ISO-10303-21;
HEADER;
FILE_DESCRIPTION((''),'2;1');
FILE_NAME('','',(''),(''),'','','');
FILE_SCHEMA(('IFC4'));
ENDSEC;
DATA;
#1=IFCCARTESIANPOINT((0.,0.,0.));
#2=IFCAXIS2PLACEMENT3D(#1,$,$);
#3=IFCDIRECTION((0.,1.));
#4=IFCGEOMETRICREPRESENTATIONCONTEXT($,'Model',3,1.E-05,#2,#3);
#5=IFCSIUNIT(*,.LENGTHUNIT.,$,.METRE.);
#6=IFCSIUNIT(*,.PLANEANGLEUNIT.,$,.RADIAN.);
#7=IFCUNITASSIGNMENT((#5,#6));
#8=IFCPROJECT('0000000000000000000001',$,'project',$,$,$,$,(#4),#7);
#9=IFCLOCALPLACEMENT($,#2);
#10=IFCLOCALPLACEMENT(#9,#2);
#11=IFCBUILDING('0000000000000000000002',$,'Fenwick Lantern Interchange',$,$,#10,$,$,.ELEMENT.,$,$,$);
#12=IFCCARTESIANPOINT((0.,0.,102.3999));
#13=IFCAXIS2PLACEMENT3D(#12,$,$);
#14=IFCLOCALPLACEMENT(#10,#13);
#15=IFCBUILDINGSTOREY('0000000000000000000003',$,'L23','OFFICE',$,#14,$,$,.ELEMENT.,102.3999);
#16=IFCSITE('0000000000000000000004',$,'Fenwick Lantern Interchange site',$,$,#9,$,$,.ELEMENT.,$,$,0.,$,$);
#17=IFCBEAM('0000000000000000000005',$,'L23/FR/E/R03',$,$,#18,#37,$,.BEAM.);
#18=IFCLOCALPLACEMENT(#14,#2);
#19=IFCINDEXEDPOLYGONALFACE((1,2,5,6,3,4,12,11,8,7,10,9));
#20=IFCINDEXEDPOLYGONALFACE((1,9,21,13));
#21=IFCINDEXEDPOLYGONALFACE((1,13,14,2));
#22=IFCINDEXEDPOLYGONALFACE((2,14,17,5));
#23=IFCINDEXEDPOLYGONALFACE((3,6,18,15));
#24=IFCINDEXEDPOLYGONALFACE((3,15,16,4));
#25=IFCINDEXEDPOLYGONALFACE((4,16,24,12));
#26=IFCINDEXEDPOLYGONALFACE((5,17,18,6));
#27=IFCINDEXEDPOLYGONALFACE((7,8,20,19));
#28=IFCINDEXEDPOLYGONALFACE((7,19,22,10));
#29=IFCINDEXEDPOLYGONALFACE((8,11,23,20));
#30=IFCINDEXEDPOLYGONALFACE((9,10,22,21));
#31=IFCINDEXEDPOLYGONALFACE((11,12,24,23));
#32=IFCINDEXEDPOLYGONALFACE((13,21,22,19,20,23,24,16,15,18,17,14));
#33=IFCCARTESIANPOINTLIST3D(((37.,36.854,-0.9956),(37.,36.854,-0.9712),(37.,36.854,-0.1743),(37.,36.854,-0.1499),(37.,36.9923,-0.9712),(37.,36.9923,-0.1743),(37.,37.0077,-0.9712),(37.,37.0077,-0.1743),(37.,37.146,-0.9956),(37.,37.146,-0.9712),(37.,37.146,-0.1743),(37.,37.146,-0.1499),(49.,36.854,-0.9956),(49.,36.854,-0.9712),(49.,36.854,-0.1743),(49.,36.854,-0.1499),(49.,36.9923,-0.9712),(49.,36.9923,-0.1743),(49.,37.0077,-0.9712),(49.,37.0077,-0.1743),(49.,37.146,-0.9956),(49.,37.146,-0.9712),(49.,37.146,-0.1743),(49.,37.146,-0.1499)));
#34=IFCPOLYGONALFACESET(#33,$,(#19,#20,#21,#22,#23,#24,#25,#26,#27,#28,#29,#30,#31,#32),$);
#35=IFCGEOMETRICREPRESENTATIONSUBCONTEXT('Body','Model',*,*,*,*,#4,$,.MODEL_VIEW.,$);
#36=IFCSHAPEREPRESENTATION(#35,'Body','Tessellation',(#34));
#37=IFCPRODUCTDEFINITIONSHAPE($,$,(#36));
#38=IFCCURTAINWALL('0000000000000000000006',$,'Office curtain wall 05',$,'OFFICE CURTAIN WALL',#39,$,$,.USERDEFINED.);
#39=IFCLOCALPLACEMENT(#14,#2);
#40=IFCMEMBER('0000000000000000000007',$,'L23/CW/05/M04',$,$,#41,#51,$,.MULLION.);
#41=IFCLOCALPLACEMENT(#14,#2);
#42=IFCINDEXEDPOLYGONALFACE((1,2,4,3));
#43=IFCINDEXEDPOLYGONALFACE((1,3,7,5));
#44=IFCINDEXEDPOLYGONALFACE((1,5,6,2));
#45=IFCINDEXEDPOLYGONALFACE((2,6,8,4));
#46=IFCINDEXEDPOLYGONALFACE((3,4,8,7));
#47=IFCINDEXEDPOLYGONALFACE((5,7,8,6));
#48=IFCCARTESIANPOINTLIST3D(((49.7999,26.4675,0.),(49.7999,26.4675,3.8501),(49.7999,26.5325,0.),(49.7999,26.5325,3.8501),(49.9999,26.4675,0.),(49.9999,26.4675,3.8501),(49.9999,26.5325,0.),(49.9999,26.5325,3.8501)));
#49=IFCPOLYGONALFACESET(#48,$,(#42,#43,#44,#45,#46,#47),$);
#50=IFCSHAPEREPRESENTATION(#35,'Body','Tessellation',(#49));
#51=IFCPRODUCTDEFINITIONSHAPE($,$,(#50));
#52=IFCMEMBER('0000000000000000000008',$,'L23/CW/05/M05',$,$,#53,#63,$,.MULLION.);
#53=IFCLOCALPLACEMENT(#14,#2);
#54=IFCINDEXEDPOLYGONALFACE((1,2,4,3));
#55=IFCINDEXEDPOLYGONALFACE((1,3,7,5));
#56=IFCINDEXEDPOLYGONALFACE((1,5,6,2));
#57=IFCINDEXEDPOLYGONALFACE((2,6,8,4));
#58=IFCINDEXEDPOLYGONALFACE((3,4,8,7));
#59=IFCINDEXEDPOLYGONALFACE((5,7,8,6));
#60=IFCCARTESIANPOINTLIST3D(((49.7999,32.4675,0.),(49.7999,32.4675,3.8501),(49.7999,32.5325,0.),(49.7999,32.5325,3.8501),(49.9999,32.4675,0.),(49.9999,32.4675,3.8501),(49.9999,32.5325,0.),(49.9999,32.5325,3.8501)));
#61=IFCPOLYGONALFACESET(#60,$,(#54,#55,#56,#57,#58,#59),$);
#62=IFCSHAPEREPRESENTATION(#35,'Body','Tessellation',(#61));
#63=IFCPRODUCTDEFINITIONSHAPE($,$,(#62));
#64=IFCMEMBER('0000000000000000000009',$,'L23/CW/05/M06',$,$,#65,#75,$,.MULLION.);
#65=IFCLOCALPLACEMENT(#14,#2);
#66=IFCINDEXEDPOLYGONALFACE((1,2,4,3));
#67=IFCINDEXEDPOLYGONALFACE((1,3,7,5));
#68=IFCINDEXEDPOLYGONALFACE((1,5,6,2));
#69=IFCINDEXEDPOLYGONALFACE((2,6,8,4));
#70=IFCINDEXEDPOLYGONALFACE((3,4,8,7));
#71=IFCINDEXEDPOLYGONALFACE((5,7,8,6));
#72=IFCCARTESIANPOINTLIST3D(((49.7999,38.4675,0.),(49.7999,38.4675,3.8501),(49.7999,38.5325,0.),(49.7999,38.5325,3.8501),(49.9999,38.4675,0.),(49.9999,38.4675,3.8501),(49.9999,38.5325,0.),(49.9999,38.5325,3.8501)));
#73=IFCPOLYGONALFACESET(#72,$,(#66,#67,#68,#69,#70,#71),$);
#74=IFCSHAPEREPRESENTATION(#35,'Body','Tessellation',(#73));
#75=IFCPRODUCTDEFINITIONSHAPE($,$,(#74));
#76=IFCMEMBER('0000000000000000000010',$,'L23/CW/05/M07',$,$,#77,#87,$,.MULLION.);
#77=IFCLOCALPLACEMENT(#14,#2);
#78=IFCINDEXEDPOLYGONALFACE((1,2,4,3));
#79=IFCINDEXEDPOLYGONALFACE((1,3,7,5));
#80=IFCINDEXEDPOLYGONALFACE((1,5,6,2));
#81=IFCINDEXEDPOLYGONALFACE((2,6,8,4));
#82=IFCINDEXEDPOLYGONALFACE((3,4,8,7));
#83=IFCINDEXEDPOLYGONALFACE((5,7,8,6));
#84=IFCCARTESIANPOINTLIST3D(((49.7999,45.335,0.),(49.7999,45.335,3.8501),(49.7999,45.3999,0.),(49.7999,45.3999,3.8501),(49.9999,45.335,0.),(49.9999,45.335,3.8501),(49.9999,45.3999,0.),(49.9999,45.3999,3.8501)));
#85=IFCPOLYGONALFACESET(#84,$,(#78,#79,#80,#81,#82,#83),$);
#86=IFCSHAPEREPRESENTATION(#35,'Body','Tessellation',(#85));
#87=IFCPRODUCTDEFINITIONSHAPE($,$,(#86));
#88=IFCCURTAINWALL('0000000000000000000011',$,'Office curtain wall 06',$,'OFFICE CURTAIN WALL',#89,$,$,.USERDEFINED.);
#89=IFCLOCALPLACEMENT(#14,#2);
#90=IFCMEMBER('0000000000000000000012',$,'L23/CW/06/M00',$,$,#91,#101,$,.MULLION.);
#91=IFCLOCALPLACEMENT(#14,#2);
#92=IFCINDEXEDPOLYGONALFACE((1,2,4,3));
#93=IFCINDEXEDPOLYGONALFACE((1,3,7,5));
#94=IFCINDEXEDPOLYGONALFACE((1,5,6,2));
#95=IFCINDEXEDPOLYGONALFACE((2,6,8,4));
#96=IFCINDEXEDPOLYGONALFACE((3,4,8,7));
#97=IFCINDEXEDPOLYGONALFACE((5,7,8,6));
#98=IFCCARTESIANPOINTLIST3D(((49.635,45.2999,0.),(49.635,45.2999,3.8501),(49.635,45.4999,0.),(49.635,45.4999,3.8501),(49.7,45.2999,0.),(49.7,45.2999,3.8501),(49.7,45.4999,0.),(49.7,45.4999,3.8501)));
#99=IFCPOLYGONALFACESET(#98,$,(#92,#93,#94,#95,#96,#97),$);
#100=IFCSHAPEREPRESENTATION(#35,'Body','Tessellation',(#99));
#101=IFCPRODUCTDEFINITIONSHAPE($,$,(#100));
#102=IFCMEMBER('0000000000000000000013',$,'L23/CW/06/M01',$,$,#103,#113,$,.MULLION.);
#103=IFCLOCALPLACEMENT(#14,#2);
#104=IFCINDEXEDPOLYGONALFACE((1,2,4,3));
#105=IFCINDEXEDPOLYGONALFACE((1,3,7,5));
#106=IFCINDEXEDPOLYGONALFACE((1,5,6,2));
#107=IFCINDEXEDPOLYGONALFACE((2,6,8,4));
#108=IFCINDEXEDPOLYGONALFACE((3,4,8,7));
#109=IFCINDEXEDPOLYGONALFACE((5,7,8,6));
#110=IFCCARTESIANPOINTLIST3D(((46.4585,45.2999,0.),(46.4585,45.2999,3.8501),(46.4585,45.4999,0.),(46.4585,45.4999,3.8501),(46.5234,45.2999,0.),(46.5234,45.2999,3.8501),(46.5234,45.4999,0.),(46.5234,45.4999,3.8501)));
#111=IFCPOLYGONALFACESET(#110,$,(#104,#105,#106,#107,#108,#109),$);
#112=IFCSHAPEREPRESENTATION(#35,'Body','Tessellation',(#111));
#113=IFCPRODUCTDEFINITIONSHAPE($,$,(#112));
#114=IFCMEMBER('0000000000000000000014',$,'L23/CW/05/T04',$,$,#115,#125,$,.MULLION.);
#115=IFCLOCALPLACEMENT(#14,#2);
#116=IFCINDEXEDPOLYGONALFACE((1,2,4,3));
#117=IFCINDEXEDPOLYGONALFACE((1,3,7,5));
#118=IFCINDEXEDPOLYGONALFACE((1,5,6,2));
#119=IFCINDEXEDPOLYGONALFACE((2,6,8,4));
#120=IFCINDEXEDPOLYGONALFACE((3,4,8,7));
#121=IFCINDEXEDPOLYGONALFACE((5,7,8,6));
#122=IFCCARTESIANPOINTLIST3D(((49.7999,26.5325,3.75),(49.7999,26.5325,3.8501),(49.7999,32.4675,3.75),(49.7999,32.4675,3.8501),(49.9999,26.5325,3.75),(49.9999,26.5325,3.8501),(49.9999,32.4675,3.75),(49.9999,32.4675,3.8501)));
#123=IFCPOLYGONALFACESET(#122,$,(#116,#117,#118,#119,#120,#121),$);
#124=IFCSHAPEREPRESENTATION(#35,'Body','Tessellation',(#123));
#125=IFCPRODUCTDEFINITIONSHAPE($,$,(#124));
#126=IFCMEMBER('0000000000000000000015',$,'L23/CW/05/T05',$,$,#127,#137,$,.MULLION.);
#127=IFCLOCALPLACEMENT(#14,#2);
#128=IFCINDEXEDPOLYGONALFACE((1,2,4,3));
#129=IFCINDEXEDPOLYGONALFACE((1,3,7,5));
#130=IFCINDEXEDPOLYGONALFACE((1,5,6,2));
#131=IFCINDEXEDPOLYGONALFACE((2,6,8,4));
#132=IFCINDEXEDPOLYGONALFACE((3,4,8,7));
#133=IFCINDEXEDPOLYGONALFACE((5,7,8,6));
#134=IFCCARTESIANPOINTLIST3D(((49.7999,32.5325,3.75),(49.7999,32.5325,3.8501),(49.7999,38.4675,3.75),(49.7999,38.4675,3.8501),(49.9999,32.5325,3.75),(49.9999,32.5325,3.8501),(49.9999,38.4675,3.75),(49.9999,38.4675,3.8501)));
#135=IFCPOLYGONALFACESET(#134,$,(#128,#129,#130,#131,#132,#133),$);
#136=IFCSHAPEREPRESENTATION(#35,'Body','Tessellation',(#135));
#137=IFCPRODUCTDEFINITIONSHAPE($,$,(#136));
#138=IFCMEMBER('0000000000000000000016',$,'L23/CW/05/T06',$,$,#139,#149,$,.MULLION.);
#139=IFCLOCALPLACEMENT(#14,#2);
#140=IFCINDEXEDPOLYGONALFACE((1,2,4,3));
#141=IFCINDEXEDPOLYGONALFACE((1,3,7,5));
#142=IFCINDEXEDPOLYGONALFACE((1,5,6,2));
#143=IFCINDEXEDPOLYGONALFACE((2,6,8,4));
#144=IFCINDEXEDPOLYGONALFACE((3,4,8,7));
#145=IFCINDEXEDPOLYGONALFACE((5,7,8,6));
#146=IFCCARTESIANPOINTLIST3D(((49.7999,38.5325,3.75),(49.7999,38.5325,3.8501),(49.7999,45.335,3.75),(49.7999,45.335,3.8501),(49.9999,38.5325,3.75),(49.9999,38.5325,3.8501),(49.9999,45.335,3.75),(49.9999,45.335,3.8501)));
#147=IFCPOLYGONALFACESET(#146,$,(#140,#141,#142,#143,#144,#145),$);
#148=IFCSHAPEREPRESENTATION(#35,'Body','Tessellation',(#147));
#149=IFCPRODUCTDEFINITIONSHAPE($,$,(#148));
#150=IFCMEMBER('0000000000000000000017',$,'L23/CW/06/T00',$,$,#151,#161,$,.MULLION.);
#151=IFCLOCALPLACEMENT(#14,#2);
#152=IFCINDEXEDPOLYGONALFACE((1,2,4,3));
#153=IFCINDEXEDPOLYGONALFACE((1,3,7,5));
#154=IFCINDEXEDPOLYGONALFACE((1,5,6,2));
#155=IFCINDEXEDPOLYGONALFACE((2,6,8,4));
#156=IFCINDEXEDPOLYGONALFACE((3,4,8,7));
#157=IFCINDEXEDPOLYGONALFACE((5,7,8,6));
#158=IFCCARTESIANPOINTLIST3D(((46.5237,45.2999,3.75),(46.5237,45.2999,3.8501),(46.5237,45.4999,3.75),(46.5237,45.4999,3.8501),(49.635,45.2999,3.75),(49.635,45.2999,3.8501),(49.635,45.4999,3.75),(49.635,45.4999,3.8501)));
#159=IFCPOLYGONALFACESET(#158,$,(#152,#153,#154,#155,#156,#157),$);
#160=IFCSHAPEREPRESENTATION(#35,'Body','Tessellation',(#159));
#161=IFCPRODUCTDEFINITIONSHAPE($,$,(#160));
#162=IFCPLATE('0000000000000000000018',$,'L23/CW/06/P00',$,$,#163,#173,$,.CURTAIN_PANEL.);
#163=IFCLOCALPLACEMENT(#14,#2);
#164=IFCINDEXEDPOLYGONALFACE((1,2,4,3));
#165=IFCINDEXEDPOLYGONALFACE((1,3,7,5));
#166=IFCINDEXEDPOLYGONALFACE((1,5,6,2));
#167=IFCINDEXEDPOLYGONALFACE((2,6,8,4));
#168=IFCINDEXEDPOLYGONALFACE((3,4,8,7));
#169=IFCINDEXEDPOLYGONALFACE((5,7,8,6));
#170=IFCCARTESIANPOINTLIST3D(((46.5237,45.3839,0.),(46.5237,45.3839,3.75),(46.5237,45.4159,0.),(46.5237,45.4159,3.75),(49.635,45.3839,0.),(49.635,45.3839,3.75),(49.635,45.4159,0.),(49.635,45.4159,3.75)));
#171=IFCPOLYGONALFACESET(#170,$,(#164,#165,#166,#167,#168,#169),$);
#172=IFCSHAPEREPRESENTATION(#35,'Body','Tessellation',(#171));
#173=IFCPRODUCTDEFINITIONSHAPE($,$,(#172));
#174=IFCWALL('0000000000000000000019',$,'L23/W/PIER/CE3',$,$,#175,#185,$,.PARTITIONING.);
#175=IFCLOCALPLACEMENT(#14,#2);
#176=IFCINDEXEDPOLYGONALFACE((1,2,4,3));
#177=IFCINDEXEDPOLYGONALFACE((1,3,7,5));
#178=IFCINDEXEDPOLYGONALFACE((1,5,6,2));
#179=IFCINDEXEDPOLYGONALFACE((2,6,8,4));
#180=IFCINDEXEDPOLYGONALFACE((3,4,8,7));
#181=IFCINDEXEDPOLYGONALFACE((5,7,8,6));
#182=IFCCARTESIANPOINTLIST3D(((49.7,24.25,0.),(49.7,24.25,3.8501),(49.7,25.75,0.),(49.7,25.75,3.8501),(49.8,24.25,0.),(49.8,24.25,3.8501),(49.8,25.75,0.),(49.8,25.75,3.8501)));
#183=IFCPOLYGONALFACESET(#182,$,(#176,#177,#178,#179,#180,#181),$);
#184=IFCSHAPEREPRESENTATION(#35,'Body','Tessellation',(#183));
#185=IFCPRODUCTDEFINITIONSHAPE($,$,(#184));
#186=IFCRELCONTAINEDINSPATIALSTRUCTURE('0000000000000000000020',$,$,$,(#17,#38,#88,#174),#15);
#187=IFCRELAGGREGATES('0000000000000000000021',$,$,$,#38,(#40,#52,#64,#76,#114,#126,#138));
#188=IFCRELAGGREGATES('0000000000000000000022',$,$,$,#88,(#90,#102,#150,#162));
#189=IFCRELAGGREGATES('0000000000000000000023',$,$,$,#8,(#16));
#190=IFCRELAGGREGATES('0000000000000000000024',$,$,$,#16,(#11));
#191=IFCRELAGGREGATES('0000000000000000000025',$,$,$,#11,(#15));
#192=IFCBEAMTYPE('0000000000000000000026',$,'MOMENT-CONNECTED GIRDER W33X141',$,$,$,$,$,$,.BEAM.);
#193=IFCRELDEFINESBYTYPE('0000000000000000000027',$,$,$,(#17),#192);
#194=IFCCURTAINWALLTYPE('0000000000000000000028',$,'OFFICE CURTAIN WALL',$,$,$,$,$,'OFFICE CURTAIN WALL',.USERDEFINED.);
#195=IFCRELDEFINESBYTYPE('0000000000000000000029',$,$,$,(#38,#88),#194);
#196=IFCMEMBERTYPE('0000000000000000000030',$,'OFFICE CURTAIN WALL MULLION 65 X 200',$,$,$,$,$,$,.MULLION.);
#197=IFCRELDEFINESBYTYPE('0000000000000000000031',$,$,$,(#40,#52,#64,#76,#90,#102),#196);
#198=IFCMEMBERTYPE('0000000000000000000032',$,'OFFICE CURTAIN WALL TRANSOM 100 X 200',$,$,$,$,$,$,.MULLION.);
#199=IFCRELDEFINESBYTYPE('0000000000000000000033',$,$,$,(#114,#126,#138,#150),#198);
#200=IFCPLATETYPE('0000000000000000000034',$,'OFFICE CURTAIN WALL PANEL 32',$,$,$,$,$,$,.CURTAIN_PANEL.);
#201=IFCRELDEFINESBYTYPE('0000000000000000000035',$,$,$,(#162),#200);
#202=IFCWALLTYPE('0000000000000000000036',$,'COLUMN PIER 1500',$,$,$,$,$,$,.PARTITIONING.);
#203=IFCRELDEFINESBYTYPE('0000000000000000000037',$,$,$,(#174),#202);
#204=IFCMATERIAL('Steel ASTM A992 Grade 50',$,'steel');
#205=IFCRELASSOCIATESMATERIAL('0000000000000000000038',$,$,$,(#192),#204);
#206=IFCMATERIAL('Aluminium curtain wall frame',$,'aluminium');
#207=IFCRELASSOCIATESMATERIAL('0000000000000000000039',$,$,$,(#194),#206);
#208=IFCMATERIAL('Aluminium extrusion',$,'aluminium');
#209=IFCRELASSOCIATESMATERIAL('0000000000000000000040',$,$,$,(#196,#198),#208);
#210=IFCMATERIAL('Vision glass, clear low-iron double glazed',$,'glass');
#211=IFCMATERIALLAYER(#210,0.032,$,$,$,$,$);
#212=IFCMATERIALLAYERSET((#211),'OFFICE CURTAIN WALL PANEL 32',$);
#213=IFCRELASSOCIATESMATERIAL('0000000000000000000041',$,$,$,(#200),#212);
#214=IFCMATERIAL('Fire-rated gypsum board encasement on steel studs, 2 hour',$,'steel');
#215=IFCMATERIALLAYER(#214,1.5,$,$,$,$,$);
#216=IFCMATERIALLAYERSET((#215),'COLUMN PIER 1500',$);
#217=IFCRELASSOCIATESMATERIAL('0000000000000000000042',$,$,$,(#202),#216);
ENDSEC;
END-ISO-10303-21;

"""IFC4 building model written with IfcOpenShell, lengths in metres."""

from ifc_helpers import new_model, si_unit, direction, frame, frame_2d, origin, origin_2d, place, context, subcontext, project, spatial, rectangle, i_section, extrude, material, layer, layer_set, material_profile, profile_set, type_object, element, aggregate, save


model = new_model("IFC4")

# Units and contexts
model_context = context("Model", 3, precision=1e-05, world=origin(), true_north=direction((0.0, 1.0)))
body_context = subcontext(model_context, "Body", "Model", "MODEL_VIEW")
ifc_project = project(units=[si_unit("LENGTHUNIT", "METRE"), si_unit("PLANEANGLEUNIT", "RADIAN")], contexts=[model_context])

# Site, building, storey
site_placement = place(None, origin())
site = spatial("IfcSite", under=ifc_project, at=site_placement, Name="Fenwick Lantern Interchange site", CompositionType="ELEMENT", RefElevation=0.0)
building_placement = place(site_placement, origin())
building = spatial("IfcBuilding", under=site, at=building_placement, Name="Fenwick Lantern Interchange", CompositionType="ELEMENT")
storey_placement = place(building_placement, frame((0.0, 0.0, 102.3999)))
storey = spatial("IfcBuildingStorey", under=building, at=storey_placement, Name="L23", Description="OFFICE", CompositionType="ELEMENT", Elevation=102.3999)

# Shared definitions
ifc_material_1 = material(Name="Steel ASTM A992 Grade 50", Category="steel")

# Beam
ifc_material_profile_1 = material_profile(ifc_material_1, i_section(OverallWidth=0.292, OverallDepth=0.8457, WebThickness=0.0154, FlangeThickness=0.0244, at=origin_2d()), Name="W33X141")
ifc_profile_set_1 = profile_set([ifc_material_profile_1], Name="Steel ASTM A992 Grade 50")
beam_type_1 = type_object("IfcBeamType", Name="MOMENT-CONNECTED GIRDER W33X141", PredefinedType="BEAM", material=ifc_profile_set_1)
beam_1_placement = place(storey_placement, frame((49.0, 37.0, -0.5728), z_axis=(-1.0, 0.0, 0.0), x_axis=(0.0, -1.0, 0.0)))
element("IfcBeam", 1, at=beam_1_placement, inside=storey, type_object=beam_type_1, Name="L23/FR/E/R03", PredefinedType="BEAM", context=body_context, shape_type="SweptSolid", body=[
    extrude(i_section(OverallWidth=0.292, OverallDepth=0.8457, WebThickness=0.0154, FlangeThickness=0.0244, at=origin_2d()), origin(), (0.0, 0.0, 1.0), 12.0),
])

# Curtain walls, members
ifc_material_2 = material(Name="Aluminium curtain wall frame", Category="aluminium")
curtain_wall_type = type_object("IfcCurtainWallType", Name="OFFICE CURTAIN WALL", ElementType="OFFICE CURTAIN WALL", PredefinedType="USERDEFINED", material=ifc_material_2)
curtain_wall_1_placement = place(storey_placement, origin())
curtain_wall_1 = element("IfcCurtainWall", 2, at=curtain_wall_1_placement, inside=storey, type_object=curtain_wall_type, Name="Office curtain wall 05", ObjectType="OFFICE CURTAIN WALL", PredefinedType="USERDEFINED")
ifc_material_3 = material(Name="Aluminium extrusion", Category="aluminium")
ifc_material_profile_2 = material_profile(ifc_material_3, rectangle(XDim=0.2, YDim=0.0649, at=origin_2d()), Name="OFFICE CURTAIN WALL MULLION 65 X 200")
ifc_profile_set_2 = profile_set([ifc_material_profile_2], Name="Aluminium extrusion")
member_type_1 = type_object("IfcMemberType", Name="OFFICE CURTAIN WALL MULLION 65 X 200", PredefinedType="MULLION", material=ifc_profile_set_2)
member_1_placement = place(storey_placement, frame((49.8999, 26.5, 0.0), z_axis=(0.0, 0.0, 1.0), x_axis=(-1.0, 0.0, 0.0)))
member_1 = element("IfcMember", 3, at=member_1_placement, type_object=member_type_1, Name="L23/CW/05/M04", PredefinedType="MULLION", context=body_context, shape_type="SweptSolid", body=[
    extrude(rectangle(XDim=0.2, YDim=0.0649, at=origin_2d()), origin(), (0.0, 0.0, 1.0), 3.8501),
])
member_2_placement = place(storey_placement, frame((49.8999, 32.5, 0.0), z_axis=(0.0, 0.0, 1.0), x_axis=(-1.0, 0.0, 0.0)))
member_2 = element("IfcMember", 4, at=member_2_placement, type_object=member_type_1, Name="L23/CW/05/M05", PredefinedType="MULLION", context=body_context, shape_type="SweptSolid", body=[
    extrude(rectangle(XDim=0.2, YDim=0.0649, at=origin_2d()), origin(), (0.0, 0.0, 1.0), 3.8501),
])
member_3_placement = place(storey_placement, frame((49.8999, 38.5, 0.0), z_axis=(0.0, 0.0, 1.0), x_axis=(-1.0, 0.0, 0.0)))
member_3 = element("IfcMember", 5, at=member_3_placement, type_object=member_type_1, Name="L23/CW/05/M06", PredefinedType="MULLION", context=body_context, shape_type="SweptSolid", body=[
    extrude(rectangle(XDim=0.2, YDim=0.0649, at=origin_2d()), origin(), (0.0, 0.0, 1.0), 3.8501),
])
member_4_placement = place(storey_placement, frame((49.8999, 45.3674, 0.0), z_axis=(0.0, 0.0, 1.0), x_axis=(-1.0, 0.0, 0.0)))
member_4 = element("IfcMember", 6, at=member_4_placement, type_object=member_type_1, Name="L23/CW/05/M07", PredefinedType="MULLION", context=body_context, shape_type="SweptSolid", body=[
    extrude(rectangle(XDim=0.2, YDim=0.0649, at=origin_2d()), origin(), (0.0, 0.0, 1.0), 3.8501),
])
curtain_wall_2_placement = place(storey_placement, origin())
curtain_wall_2 = element("IfcCurtainWall", 7, at=curtain_wall_2_placement, inside=storey, type_object=curtain_wall_type, Name="Office curtain wall 06", ObjectType="OFFICE CURTAIN WALL", PredefinedType="USERDEFINED")
member_5_placement = place(storey_placement, frame((49.6675, 45.3999, 0.0), z_axis=(0.0, 0.0, 1.0), x_axis=(0.0, -1.0, 0.0)))
member_5 = element("IfcMember", 8, at=member_5_placement, type_object=member_type_1, Name="L23/CW/06/M00", PredefinedType="MULLION", context=body_context, shape_type="SweptSolid", body=[
    extrude(rectangle(XDim=0.2, YDim=0.0649, at=origin_2d()), origin(), (0.0, 0.0, 1.0), 3.8501),
])
member_6_placement = place(storey_placement, frame((46.491, 45.3999, 0.0), z_axis=(0.0, 0.0, 1.0), x_axis=(0.0, -1.0, 0.0)))
member_6 = element("IfcMember", 9, at=member_6_placement, type_object=member_type_1, Name="L23/CW/06/M01", PredefinedType="MULLION", context=body_context, shape_type="SweptSolid", body=[
    extrude(rectangle(XDim=0.2, YDim=0.0649, at=origin_2d()), origin(), (0.0, 0.0, 1.0), 3.8501),
])

# Members
ifc_material_profile_3 = material_profile(ifc_material_3, rectangle(XDim=0.2, YDim=0.1001, at=origin_2d()), Name="OFFICE CURTAIN WALL TRANSOM 100 X 200")
ifc_profile_set_3 = profile_set([ifc_material_profile_3], Name="Aluminium extrusion")
member_type_2 = type_object("IfcMemberType", Name="OFFICE CURTAIN WALL TRANSOM 100 X 200", PredefinedType="MULLION", material=ifc_profile_set_3)
member_7_placement = place(storey_placement, frame((49.8999, 26.5325, 3.8), z_axis=(0.0, 1.0, 0.0), x_axis=(-1.0, 0.0, 0.0)))
member_7 = element("IfcMember", 10, at=member_7_placement, type_object=member_type_2, Name="L23/CW/05/T04", PredefinedType="MULLION", context=body_context, shape_type="SweptSolid", body=[
    extrude(rectangle(XDim=0.2, YDim=0.1001, at=origin_2d()), origin(), (0.0, 0.0, 1.0), 5.9351),
])
member_8_placement = place(storey_placement, frame((49.8999, 32.5325, 3.8), z_axis=(0.0, 1.0, 0.0), x_axis=(-1.0, 0.0, 0.0)))
member_8 = element("IfcMember", 11, at=member_8_placement, type_object=member_type_2, Name="L23/CW/05/T05", PredefinedType="MULLION", context=body_context, shape_type="SweptSolid", body=[
    extrude(rectangle(XDim=0.2, YDim=0.1001, at=origin_2d()), origin(), (0.0, 0.0, 1.0), 5.9351),
])
member_9_placement = place(storey_placement, frame((49.8999, 38.5325, 3.8), z_axis=(0.0, 1.0, 0.0), x_axis=(-1.0, 0.0, 0.0)))
member_9 = element("IfcMember", 12, at=member_9_placement, type_object=member_type_2, Name="L23/CW/05/T06", PredefinedType="MULLION", context=body_context, shape_type="SweptSolid", body=[
    extrude(rectangle(XDim=0.2, YDim=0.1001, at=origin_2d()), origin(), (0.0, 0.0, 1.0), 6.8025),
])
aggregate(curtain_wall_1, [member_1, member_2, member_3, member_4, member_7, member_8, member_9])
member_10_placement = place(storey_placement, frame((49.635, 45.3999, 3.8), z_axis=(-1.0, 0.0, 0.0), x_axis=(0.0, -1.0, 0.0)))
member_10 = element("IfcMember", 13, at=member_10_placement, type_object=member_type_2, Name="L23/CW/06/T00", PredefinedType="MULLION", context=body_context, shape_type="SweptSolid", body=[
    extrude(rectangle(XDim=0.2, YDim=0.1001, at=origin_2d()), origin(), (0.0, 0.0, 1.0), 3.1113),
])

# Plate
ifc_material_4 = material(Name="Vision glass, clear low-iron double glazed", Category="glass")
ifc_layer_1 = layer(ifc_material_4, 0.032)
ifc_layer_set_1 = layer_set([ifc_layer_1], Name="OFFICE CURTAIN WALL PANEL 32")
plate_type = type_object("IfcPlateType", Name="OFFICE CURTAIN WALL PANEL 32", PredefinedType="CURTAIN_PANEL", material=ifc_layer_set_1)
plate_placement = place(storey_placement, frame((48.0793, 45.3999, 0.0), z_axis=(0.0, 0.0, 1.0), x_axis=(-1.0, 0.0, 0.0)))
plate = element("IfcPlate", 14, at=plate_placement, type_object=plate_type, Name="L23/CW/06/P00", PredefinedType="CURTAIN_PANEL", context=body_context, shape_type="SweptSolid", body=[
    extrude(rectangle(XDim=3.1113, YDim=0.032, at=origin_2d()), origin(), (0.0, 0.0, 1.0), 3.75),
])
aggregate(curtain_wall_2, [member_5, member_6, member_10, plate])

# Wall
ifc_material_5 = material(Name="Fire-rated gypsum board encasement on steel studs, 2 hour", Category="steel")
ifc_layer_2 = layer(ifc_material_5, 1.5)
ifc_layer_set_2 = layer_set([ifc_layer_2], Name="COLUMN PIER 1500")
wall_type_1 = type_object("IfcWallType", Name="COLUMN PIER 1500", PredefinedType="PARTITIONING", material=ifc_layer_set_2)
wall_1_placement = place(storey_placement, frame((49.8, 25.0, 0.0), z_axis=(0.0, 0.0, 1.0), x_axis=(-1.0, 0.0, 0.0)))
element("IfcWall", 15, at=wall_1_placement, inside=storey, type_object=wall_type_1, Name="L23/W/PIER/CE3", PredefinedType="PARTITIONING", context=body_context, shape_type="SweptSolid", body=[
    extrude(rectangle(XDim=0.1001, YDim=1.5, at=frame_2d((0.05, 0.0))), origin(), (0.0, 0.0, 1.0), 3.8501),
])

save(model, "model.ifc")
